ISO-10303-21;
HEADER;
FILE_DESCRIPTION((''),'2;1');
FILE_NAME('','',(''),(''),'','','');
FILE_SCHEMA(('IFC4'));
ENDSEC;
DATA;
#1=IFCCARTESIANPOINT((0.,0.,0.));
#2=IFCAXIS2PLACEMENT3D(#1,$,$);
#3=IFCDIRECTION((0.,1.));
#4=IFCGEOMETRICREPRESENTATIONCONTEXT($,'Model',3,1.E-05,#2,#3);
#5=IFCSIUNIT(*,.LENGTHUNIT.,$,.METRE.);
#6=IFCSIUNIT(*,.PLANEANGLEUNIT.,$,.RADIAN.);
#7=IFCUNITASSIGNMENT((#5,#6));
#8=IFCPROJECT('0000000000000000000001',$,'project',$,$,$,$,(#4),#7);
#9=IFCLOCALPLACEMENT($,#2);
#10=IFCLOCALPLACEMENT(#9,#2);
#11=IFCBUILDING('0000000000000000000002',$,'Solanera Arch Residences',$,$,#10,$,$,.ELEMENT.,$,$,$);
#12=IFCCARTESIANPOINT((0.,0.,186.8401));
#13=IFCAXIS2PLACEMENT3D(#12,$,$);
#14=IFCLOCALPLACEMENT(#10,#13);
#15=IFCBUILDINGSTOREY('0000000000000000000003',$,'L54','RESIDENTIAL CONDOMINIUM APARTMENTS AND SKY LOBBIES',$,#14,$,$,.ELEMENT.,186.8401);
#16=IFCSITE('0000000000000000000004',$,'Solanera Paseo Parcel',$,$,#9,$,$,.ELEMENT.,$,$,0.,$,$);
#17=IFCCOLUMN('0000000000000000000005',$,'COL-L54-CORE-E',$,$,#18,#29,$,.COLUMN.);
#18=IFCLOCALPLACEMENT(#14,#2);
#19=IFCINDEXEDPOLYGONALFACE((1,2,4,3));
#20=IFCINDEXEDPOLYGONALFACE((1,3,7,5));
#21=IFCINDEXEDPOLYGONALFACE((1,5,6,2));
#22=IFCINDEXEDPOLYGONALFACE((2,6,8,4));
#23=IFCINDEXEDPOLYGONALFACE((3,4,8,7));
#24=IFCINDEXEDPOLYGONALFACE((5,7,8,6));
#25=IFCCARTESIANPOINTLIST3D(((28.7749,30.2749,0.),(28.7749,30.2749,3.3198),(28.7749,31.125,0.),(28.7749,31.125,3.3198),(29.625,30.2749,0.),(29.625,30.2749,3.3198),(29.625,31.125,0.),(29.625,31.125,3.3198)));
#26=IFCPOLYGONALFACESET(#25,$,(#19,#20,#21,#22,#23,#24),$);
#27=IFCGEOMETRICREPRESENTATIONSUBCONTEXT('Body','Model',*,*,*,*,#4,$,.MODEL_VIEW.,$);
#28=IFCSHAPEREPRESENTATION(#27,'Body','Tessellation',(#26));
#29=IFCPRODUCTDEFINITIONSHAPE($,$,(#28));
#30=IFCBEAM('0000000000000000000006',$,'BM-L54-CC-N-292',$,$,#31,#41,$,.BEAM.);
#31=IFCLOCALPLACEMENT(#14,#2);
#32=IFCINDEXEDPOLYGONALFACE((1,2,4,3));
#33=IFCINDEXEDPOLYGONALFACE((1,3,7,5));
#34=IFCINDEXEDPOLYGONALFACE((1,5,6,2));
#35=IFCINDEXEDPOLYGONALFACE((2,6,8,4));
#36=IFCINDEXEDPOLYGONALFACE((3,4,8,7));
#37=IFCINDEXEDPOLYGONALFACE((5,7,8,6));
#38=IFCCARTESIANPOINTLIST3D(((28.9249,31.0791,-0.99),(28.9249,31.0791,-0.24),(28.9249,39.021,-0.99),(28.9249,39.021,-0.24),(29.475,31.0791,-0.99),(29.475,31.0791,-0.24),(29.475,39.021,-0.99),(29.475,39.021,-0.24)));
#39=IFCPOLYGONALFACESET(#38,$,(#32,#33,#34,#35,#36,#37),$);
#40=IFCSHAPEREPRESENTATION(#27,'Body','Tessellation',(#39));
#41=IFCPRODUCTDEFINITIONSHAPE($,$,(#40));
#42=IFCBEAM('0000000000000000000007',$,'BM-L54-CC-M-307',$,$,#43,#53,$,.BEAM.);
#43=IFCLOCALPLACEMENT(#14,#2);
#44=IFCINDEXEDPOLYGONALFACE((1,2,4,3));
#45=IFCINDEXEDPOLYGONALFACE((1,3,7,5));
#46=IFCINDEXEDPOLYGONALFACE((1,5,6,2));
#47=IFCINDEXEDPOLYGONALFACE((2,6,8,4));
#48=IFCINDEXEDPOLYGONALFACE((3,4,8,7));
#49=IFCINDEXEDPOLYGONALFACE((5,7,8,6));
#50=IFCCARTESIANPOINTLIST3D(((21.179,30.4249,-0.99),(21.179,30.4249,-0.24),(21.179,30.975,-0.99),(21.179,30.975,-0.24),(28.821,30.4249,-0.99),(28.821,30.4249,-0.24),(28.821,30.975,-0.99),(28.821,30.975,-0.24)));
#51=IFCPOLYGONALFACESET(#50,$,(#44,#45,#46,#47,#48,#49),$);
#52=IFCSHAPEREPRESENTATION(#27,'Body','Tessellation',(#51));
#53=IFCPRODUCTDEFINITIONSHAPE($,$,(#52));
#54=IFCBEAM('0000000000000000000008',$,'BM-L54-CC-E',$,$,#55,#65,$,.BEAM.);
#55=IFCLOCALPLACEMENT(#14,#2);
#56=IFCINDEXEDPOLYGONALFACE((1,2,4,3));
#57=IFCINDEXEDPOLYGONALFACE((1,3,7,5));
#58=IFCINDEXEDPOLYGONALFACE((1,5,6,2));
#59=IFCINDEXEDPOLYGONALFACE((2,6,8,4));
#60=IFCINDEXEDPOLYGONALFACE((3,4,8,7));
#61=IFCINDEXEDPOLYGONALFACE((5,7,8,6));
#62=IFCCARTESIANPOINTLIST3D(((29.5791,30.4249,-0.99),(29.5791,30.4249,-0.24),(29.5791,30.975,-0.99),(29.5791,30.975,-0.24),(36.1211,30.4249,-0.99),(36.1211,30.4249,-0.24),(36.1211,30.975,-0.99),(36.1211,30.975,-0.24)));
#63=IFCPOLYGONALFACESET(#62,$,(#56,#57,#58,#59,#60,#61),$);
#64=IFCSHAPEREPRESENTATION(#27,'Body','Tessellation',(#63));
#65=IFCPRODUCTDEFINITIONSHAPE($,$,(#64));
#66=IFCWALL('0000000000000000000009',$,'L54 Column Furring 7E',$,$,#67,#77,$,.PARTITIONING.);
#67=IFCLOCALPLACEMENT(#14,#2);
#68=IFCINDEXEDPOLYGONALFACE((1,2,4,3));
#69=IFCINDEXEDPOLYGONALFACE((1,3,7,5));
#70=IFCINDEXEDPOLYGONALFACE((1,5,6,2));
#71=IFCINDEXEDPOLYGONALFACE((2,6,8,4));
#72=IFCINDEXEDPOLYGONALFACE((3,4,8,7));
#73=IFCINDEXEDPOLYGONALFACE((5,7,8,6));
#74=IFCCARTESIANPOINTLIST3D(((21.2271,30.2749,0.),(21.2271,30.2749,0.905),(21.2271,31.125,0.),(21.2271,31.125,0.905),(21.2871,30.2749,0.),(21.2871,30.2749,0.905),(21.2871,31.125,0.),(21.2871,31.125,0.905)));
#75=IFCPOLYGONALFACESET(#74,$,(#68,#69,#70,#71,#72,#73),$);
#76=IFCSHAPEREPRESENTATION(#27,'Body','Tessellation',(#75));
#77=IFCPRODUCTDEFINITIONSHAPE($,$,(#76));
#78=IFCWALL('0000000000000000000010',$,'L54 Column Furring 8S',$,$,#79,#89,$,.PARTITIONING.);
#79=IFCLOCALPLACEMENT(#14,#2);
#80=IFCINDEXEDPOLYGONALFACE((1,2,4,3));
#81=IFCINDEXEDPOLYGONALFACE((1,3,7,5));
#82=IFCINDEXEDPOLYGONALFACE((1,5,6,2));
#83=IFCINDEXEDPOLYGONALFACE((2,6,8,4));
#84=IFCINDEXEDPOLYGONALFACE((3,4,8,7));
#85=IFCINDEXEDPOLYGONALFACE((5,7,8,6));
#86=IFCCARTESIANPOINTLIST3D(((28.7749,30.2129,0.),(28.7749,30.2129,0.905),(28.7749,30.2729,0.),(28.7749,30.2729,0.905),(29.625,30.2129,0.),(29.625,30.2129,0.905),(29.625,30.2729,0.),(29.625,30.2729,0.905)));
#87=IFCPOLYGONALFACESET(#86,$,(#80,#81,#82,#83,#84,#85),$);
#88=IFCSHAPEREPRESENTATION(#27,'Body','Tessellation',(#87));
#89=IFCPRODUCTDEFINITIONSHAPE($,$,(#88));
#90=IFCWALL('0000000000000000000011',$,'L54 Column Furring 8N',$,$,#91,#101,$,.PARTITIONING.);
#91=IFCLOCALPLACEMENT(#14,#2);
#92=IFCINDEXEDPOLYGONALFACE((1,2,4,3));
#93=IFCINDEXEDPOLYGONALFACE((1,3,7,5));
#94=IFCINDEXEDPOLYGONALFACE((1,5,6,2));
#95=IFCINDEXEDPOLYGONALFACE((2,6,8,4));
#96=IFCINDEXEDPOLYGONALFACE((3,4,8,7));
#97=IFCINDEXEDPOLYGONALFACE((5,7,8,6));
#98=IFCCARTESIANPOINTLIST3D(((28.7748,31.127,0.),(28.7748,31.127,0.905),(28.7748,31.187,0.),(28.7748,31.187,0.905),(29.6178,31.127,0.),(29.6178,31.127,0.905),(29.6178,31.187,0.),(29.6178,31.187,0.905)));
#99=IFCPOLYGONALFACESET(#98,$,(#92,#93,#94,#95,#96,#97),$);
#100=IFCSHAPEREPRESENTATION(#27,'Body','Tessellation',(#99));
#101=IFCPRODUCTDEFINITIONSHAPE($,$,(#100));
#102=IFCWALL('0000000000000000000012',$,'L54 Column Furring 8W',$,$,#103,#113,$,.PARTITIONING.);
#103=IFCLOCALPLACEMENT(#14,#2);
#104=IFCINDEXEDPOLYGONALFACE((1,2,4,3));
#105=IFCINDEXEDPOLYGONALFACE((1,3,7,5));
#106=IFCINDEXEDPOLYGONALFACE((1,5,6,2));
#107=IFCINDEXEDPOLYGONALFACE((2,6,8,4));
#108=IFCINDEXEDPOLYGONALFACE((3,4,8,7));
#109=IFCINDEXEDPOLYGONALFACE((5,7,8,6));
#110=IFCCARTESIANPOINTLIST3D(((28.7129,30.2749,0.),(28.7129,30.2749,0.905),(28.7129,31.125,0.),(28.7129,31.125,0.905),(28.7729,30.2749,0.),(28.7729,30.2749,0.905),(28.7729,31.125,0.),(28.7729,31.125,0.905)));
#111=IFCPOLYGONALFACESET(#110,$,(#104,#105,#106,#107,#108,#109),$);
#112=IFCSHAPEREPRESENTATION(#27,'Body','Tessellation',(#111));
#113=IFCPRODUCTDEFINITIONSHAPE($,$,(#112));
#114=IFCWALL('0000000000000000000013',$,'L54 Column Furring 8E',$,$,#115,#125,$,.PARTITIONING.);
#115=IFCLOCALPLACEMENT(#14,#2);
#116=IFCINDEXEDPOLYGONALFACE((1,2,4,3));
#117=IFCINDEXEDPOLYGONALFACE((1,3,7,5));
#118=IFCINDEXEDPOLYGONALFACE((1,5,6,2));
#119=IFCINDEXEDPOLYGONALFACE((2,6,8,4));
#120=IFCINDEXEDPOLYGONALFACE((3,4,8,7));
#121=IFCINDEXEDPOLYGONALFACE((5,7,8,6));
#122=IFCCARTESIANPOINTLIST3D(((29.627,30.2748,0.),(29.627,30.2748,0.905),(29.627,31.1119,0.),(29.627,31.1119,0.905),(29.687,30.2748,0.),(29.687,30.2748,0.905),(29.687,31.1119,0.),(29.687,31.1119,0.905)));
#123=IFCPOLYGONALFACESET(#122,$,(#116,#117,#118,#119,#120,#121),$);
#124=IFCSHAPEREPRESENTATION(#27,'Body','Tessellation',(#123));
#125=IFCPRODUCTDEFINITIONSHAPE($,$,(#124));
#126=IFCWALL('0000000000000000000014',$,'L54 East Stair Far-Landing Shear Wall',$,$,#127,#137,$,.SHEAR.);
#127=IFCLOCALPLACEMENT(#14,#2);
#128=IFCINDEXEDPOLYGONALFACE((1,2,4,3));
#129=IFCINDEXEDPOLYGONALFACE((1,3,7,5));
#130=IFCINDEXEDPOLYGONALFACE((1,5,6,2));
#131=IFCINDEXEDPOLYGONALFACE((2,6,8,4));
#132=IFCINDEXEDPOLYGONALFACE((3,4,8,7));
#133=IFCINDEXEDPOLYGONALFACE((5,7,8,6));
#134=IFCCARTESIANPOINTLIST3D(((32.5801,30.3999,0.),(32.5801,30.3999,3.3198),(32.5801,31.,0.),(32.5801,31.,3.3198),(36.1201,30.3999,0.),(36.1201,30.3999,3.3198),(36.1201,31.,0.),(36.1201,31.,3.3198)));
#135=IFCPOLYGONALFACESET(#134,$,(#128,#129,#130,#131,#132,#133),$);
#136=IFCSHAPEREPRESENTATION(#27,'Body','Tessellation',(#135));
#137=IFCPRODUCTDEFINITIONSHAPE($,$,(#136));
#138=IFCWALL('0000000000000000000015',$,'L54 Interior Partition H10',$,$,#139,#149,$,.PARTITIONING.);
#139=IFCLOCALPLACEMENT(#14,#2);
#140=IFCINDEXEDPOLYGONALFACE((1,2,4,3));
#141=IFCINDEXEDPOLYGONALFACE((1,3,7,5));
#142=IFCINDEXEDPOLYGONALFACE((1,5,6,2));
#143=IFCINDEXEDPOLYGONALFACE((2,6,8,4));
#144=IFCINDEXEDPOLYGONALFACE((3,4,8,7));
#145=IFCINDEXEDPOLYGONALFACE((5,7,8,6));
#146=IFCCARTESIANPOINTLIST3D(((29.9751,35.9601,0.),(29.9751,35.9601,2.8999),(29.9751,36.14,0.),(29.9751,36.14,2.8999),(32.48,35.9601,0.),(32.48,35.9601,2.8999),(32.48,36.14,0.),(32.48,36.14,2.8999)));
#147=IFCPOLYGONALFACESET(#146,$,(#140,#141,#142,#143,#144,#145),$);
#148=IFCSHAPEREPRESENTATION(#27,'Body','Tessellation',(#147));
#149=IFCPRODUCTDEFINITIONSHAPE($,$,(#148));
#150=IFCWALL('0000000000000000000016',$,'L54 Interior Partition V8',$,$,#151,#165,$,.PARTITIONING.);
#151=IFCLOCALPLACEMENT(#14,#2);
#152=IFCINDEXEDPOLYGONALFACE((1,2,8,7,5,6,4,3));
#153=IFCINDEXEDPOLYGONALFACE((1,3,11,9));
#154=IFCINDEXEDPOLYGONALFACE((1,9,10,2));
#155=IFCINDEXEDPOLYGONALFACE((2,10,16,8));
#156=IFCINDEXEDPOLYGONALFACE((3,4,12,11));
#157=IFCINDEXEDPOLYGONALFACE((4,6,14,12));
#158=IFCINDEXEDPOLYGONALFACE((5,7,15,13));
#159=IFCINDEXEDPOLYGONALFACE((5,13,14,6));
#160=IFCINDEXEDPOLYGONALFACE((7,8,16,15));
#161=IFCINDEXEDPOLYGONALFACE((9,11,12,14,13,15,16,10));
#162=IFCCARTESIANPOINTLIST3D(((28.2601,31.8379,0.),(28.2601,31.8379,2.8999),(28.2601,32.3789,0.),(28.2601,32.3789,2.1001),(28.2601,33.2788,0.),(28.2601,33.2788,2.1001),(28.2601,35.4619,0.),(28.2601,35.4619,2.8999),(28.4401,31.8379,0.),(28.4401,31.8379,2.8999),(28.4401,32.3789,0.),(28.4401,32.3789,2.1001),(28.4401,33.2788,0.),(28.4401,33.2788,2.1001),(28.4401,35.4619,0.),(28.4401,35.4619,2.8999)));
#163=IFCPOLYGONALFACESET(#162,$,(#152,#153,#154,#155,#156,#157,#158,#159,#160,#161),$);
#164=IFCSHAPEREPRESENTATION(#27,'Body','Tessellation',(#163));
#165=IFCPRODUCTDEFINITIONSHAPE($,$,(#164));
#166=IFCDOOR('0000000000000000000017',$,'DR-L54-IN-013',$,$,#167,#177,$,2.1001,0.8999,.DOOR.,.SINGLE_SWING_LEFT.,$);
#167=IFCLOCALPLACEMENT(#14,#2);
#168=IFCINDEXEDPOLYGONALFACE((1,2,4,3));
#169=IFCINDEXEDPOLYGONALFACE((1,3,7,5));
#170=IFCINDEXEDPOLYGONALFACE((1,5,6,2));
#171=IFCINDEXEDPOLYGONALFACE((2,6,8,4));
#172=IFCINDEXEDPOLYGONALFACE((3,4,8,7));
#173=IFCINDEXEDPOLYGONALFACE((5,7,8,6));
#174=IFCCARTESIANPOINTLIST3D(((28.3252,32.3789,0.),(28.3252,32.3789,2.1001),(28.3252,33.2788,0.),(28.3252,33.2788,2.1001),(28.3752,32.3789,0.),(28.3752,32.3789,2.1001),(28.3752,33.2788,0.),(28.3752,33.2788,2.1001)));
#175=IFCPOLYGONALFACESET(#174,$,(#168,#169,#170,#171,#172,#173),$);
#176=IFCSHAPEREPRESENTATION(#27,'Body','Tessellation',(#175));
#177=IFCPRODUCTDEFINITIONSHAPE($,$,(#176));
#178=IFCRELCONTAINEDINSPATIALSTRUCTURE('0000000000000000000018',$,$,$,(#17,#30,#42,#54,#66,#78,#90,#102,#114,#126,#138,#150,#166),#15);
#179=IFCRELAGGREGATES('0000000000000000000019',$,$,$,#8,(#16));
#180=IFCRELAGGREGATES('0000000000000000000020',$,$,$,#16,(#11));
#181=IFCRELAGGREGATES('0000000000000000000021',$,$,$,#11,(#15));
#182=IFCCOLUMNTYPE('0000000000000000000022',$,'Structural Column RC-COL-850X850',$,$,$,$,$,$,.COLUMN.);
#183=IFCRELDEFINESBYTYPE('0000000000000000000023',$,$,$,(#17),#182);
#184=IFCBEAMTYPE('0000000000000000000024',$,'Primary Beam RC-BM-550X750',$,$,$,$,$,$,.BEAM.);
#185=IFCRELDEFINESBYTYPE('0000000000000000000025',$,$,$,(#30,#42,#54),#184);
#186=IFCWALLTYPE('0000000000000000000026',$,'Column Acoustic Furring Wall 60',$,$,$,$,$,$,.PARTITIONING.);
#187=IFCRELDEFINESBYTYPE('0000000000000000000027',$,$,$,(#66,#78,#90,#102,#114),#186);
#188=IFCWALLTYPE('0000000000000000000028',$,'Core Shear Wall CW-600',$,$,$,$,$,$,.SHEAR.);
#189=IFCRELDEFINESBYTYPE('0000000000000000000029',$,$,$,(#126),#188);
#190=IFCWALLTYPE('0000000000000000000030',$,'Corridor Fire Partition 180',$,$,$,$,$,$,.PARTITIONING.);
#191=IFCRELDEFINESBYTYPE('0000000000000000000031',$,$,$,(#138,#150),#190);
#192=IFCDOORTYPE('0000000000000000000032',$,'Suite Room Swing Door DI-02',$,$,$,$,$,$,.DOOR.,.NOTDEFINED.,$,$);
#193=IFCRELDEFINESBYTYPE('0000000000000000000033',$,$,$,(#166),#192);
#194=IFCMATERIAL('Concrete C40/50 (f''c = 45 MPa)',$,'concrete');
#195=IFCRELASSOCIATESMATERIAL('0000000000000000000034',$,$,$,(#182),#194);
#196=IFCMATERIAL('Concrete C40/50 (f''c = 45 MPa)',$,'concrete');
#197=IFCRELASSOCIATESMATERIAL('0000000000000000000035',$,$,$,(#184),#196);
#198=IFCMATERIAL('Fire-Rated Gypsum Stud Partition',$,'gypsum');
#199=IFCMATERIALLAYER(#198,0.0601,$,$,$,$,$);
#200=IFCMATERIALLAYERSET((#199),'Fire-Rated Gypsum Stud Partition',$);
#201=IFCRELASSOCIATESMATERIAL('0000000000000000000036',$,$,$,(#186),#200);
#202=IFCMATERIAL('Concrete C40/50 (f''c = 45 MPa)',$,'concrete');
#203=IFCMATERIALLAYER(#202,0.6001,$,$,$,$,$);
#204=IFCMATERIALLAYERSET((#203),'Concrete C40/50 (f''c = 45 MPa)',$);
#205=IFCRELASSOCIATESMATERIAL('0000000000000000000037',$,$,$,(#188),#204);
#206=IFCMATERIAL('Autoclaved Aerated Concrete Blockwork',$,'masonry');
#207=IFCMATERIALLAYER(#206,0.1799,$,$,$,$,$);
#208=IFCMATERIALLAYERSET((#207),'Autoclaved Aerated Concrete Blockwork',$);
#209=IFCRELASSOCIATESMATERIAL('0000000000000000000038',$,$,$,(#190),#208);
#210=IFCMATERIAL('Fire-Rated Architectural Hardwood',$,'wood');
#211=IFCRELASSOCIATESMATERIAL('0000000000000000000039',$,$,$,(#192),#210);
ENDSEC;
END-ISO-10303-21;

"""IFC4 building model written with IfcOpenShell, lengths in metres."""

from ifc_helpers import new_model, si_unit, direction, frame, frame_2d, origin, origin_2d, place, context, subcontext, project, spatial, rectangle, extrude, material, layer, layer_set, material_profile, profile_set, type_object, element, fill, save


model = new_model("IFC4")

# Units and contexts
model_context = context("Model", 3, precision=1e-05, world=origin(), true_north=direction((0.0, 1.0)))
body_context = subcontext(model_context, "Body", "Model", "MODEL_VIEW")
ifc_project = project(units=[si_unit("LENGTHUNIT", "METRE"), si_unit("PLANEANGLEUNIT", "RADIAN")], contexts=[model_context])

# Site, building, storey
site_placement = place(None, origin())
site = spatial("IfcSite", under=ifc_project, at=site_placement, Name="Solanera Paseo Parcel", CompositionType="ELEMENT", RefElevation=0.0)
building_placement = place(site_placement, origin())
building = spatial("IfcBuilding", under=site, at=building_placement, Name="Solanera Arch Residences", CompositionType="ELEMENT")
storey_placement = place(building_placement, frame((0.0, 0.0, 186.8401)))
storey = spatial("IfcBuildingStorey", under=building, at=storey_placement, Name="L54", Description="RESIDENTIAL CONDOMINIUM APARTMENTS AND SKY LOBBIES", CompositionType="ELEMENT", Elevation=186.8401)

# Column
ifc_material_1 = material(Name="Concrete C40/50 (f'c = 45 MPa)", Category="concrete")
ifc_material_profile_1 = material_profile(ifc_material_1, rectangle(XDim=0.8501, YDim=0.8501, at=origin_2d()))
ifc_profile_set_1 = profile_set([ifc_material_profile_1], Name="Concrete C40/50 (f'c = 45 MPa)")
column_type = type_object("IfcColumnType", Name="Structural Column RC-COL-850X850", PredefinedType="COLUMN", material=ifc_profile_set_1)
column_placement = place(storey_placement, frame((29.2, 30.7, 0.0), z_axis=(0.0, 0.0, 1.0), x_axis=(1.0, 0.0, 0.0)))
element("IfcColumn", 1, at=column_placement, inside=storey, type_object=column_type, Name="COL-L54-CORE-E", PredefinedType="COLUMN", context=body_context, shape_type="SweptSolid", body=[
    extrude(rectangle(XDim=0.8501, YDim=0.8501, at=origin_2d()), origin(), (0.0, 0.0, 1.0), 3.3198),
])

# Beams
ifc_material_2 = material(Name="Concrete C40/50 (f'c = 45 MPa)", Category="concrete")
ifc_material_profile_2 = material_profile(ifc_material_2, rectangle(XDim=0.55, YDim=0.75, at=origin_2d()))
ifc_profile_set_2 = profile_set([ifc_material_profile_2], Name="Concrete C40/50 (f'c = 45 MPa)")
beam_type = type_object("IfcBeamType", Name="Primary Beam RC-BM-550X750", PredefinedType="BEAM", material=ifc_profile_set_2)
beam_1_placement = place(storey_placement, frame((29.2, 31.0791, -0.615), z_axis=(0.0, 1.0, 0.0), x_axis=(-1.0, 0.0, 0.0)))
element("IfcBeam", 2, at=beam_1_placement, inside=storey, type_object=beam_type, Name="BM-L54-CC-N-292", PredefinedType="BEAM", context=body_context, shape_type="SweptSolid", body=[
    extrude(rectangle(XDim=0.55, YDim=0.75, at=origin_2d()), origin(), (0.0, 0.0, 1.0), 7.9419),
])
beam_2_placement = place(storey_placement, frame((21.179, 30.7, -0.615), z_axis=(1.0, 0.0, 0.0), x_axis=(0.0, 1.0, 0.0)))
element("IfcBeam", 3, at=beam_2_placement, inside=storey, type_object=beam_type, Name="BM-L54-CC-M-307", PredefinedType="BEAM", context=body_context, shape_type="SweptSolid", body=[
    extrude(rectangle(XDim=0.55, YDim=0.75, at=origin_2d()), origin(), (0.0, 0.0, 1.0), 7.6421),
])
beam_3_placement = place(storey_placement, frame((29.5791, 30.7, -0.615), z_axis=(1.0, 0.0, 0.0), x_axis=(0.0, 1.0, 0.0)))
element("IfcBeam", 4, at=beam_3_placement, inside=storey, type_object=beam_type, Name="BM-L54-CC-E", PredefinedType="BEAM", context=body_context, shape_type="SweptSolid", body=[
    extrude(rectangle(XDim=0.55, YDim=0.75, at=origin_2d()), origin(), (0.0, 0.0, 1.0), 6.542),
])

# Walls
ifc_material_3 = material(Name="Fire-Rated Gypsum Stud Partition", Category="gypsum")
ifc_layer_1 = layer(ifc_material_3, 0.0601)
ifc_layer_set_1 = layer_set([ifc_layer_1], Name="Fire-Rated Gypsum Stud Partition")
wall_type_1 = type_object("IfcWallType", Name="Column Acoustic Furring Wall 60", PredefinedType="PARTITIONING", material=ifc_layer_set_1)
for number, where, z_axis, x_axis, name in (
    (5, (21.2571, 30.2749, 0.0), (0.0, 0.0, 1.0), (0.0, 1.0, 0.0), "L54 Column Furring 7E"),
    (6, (28.7749, 30.2429, 0.0), (0.0, 0.0, 1.0), (1.0, 0.0, 0.0), "L54 Column Furring 8S"),
):
    element("IfcWall", number, at=place(storey_placement, frame(where, z_axis=z_axis, x_axis=x_axis)), inside=storey, type_object=wall_type_1, Name=name, PredefinedType="PARTITIONING", context=body_context, shape_type="SweptSolid", body=[
        extrude(rectangle(XDim=0.8501, YDim=0.0601, at=frame_2d((0.425, 0.0))), origin(), (0.0, 0.0, 1.0), 0.905),
    ])
wall_1_placement = place(storey_placement, frame((28.7749, 31.157, 0.0), z_axis=(0.0, 0.0, 1.0), x_axis=(1.0, 0.0, 0.0)))
element("IfcWall", 7, at=wall_1_placement, inside=storey, type_object=wall_type_1, Name="L54 Column Furring 8N", PredefinedType="PARTITIONING", context=body_context, shape_type="SweptSolid", body=[
    extrude(rectangle(XDim=0.843, YDim=0.0601, at=frame_2d((0.4214, 0.0))), origin(), (0.0, 0.0, 1.0), 0.905),
])
wall_2_placement = place(storey_placement, frame((28.7429, 30.2749, 0.0), z_axis=(0.0, 0.0, 1.0), x_axis=(0.0, 1.0, 0.0)))
element("IfcWall", 8, at=wall_2_placement, inside=storey, type_object=wall_type_1, Name="L54 Column Furring 8W", PredefinedType="PARTITIONING", context=body_context, shape_type="SweptSolid", body=[
    extrude(rectangle(XDim=0.8501, YDim=0.0601, at=frame_2d((0.425, 0.0))), origin(), (0.0, 0.0, 1.0), 0.905),
])
wall_3_placement = place(storey_placement, frame((29.657, 30.2749, 0.0), z_axis=(0.0, 0.0, 1.0), x_axis=(0.0, 1.0, 0.0)))
element("IfcWall", 9, at=wall_3_placement, inside=storey, type_object=wall_type_1, Name="L54 Column Furring 8E", PredefinedType="PARTITIONING", context=body_context, shape_type="SweptSolid", body=[
    extrude(rectangle(XDim=0.8372, YDim=0.0601, at=frame_2d((0.4185, 0.0))), origin(), (0.0, 0.0, 1.0), 0.905),
])

# Walls
ifc_material_4 = material(Name="Concrete C40/50 (f'c = 45 MPa)", Category="concrete")
ifc_layer_2 = layer(ifc_material_4, 0.6001)
ifc_layer_set_2 = layer_set([ifc_layer_2], Name="Concrete C40/50 (f'c = 45 MPa)")
wall_type_2 = type_object("IfcWallType", Name="Core Shear Wall CW-600", PredefinedType="SHEAR", material=ifc_layer_set_2)
wall_4_placement = place(storey_placement, frame((32.5801, 30.7, 0.0), z_axis=(0.0, 0.0, 1.0), x_axis=(1.0, 0.0, 0.0)))
element("IfcWall", 10, at=wall_4_placement, inside=storey, type_object=wall_type_2, Name="L54 East Stair Far-Landing Shear Wall", PredefinedType="SHEAR", context=body_context, shape_type="SweptSolid", body=[
    extrude(rectangle(XDim=3.54, YDim=0.6001, at=frame_2d((1.77, 0.0))), origin(), (0.0, 0.0, 1.0), 3.3198),
])
ifc_material_5 = material(Name="Autoclaved Aerated Concrete Blockwork", Category="masonry")
ifc_layer_3 = layer(ifc_material_5, 0.1799)
ifc_layer_set_3 = layer_set([ifc_layer_3], Name="Autoclaved Aerated Concrete Blockwork")
wall_type_3 = type_object("IfcWallType", Name="Corridor Fire Partition 180", PredefinedType="PARTITIONING", material=ifc_layer_set_3)
wall_5_placement = place(storey_placement, frame((29.9751, 36.05, 0.0), z_axis=(0.0, 0.0, 1.0), x_axis=(1.0, 0.0, 0.0)))
element("IfcWall", 11, at=wall_5_placement, inside=storey, type_object=wall_type_3, Name="L54 Interior Partition H10", PredefinedType="PARTITIONING", context=body_context, shape_type="SweptSolid", body=[
    extrude(rectangle(XDim=2.5049, YDim=0.1799, at=frame_2d((1.2524, 0.0))), origin(), (0.0, 0.0, 1.0), 2.8999),
])

# Wall, opening, door
wall_6_placement = place(storey_placement, frame((28.3501, 31.8379, 0.0), z_axis=(0.0, 0.0, 1.0), x_axis=(0.0, 1.0, 0.0)))
wall_6 = element("IfcWall", 12, at=wall_6_placement, inside=storey, type_object=wall_type_3, Name="L54 Interior Partition V8", PredefinedType="PARTITIONING", context=body_context, shape_type="SweptSolid", body=[
    extrude(rectangle(XDim=3.624, YDim=0.1799, at=frame_2d((1.812, 0.0))), origin(), (0.0, 0.0, 1.0), 2.8999),
])
opening_1_placement = place(wall_6_placement, frame((0.541, 0.0, 0.0)))
opening_1 = element("IfcOpeningElement", 13, at=opening_1_placement, cuts=wall_6, PredefinedType="OPENING", context=body_context, shape_type="SweptSolid", body=[
    extrude(rectangle(XDim=0.8999, YDim=2.1001, at=frame_2d((0.45, 1.05))), frame((0.0, 0.1001, 0.0), z_axis=(0.0, -1.0, 0.0), x_axis=(1.0, 0.0, 0.0)), (0.0, 0.0, 1.0), 0.1999),
])
ifc_material_6 = material(Name="Fire-Rated Architectural Hardwood", Category="wood")
door_type_1 = type_object("IfcDoorType", Name="Suite Room Swing Door DI-02", OperationType="NOTDEFINED", PredefinedType="DOOR", material=ifc_material_6)
door_1_placement = place(opening_1_placement, origin())
door_1 = element("IfcDoor", 14, at=door_1_placement, inside=storey, type_object=door_type_1, Name="DR-L54-IN-013", OperationType="SINGLE_SWING_LEFT", OverallHeight=2.1001, OverallWidth=0.8999, PredefinedType="DOOR", context=body_context, shape_type="SweptSolid", body=[
    extrude(rectangle(XDim=0.8999, YDim=2.1001, at=frame_2d((0.45, 1.05))), frame((0.0, 0.0249, 0.0), z_axis=(0.0, -1.0, 0.0), x_axis=(1.0, 0.0, 0.0)), (0.0, 0.0, 1.0), 0.05),
])
fill(opening_1, door_1)

save(model, "model.ifc")
